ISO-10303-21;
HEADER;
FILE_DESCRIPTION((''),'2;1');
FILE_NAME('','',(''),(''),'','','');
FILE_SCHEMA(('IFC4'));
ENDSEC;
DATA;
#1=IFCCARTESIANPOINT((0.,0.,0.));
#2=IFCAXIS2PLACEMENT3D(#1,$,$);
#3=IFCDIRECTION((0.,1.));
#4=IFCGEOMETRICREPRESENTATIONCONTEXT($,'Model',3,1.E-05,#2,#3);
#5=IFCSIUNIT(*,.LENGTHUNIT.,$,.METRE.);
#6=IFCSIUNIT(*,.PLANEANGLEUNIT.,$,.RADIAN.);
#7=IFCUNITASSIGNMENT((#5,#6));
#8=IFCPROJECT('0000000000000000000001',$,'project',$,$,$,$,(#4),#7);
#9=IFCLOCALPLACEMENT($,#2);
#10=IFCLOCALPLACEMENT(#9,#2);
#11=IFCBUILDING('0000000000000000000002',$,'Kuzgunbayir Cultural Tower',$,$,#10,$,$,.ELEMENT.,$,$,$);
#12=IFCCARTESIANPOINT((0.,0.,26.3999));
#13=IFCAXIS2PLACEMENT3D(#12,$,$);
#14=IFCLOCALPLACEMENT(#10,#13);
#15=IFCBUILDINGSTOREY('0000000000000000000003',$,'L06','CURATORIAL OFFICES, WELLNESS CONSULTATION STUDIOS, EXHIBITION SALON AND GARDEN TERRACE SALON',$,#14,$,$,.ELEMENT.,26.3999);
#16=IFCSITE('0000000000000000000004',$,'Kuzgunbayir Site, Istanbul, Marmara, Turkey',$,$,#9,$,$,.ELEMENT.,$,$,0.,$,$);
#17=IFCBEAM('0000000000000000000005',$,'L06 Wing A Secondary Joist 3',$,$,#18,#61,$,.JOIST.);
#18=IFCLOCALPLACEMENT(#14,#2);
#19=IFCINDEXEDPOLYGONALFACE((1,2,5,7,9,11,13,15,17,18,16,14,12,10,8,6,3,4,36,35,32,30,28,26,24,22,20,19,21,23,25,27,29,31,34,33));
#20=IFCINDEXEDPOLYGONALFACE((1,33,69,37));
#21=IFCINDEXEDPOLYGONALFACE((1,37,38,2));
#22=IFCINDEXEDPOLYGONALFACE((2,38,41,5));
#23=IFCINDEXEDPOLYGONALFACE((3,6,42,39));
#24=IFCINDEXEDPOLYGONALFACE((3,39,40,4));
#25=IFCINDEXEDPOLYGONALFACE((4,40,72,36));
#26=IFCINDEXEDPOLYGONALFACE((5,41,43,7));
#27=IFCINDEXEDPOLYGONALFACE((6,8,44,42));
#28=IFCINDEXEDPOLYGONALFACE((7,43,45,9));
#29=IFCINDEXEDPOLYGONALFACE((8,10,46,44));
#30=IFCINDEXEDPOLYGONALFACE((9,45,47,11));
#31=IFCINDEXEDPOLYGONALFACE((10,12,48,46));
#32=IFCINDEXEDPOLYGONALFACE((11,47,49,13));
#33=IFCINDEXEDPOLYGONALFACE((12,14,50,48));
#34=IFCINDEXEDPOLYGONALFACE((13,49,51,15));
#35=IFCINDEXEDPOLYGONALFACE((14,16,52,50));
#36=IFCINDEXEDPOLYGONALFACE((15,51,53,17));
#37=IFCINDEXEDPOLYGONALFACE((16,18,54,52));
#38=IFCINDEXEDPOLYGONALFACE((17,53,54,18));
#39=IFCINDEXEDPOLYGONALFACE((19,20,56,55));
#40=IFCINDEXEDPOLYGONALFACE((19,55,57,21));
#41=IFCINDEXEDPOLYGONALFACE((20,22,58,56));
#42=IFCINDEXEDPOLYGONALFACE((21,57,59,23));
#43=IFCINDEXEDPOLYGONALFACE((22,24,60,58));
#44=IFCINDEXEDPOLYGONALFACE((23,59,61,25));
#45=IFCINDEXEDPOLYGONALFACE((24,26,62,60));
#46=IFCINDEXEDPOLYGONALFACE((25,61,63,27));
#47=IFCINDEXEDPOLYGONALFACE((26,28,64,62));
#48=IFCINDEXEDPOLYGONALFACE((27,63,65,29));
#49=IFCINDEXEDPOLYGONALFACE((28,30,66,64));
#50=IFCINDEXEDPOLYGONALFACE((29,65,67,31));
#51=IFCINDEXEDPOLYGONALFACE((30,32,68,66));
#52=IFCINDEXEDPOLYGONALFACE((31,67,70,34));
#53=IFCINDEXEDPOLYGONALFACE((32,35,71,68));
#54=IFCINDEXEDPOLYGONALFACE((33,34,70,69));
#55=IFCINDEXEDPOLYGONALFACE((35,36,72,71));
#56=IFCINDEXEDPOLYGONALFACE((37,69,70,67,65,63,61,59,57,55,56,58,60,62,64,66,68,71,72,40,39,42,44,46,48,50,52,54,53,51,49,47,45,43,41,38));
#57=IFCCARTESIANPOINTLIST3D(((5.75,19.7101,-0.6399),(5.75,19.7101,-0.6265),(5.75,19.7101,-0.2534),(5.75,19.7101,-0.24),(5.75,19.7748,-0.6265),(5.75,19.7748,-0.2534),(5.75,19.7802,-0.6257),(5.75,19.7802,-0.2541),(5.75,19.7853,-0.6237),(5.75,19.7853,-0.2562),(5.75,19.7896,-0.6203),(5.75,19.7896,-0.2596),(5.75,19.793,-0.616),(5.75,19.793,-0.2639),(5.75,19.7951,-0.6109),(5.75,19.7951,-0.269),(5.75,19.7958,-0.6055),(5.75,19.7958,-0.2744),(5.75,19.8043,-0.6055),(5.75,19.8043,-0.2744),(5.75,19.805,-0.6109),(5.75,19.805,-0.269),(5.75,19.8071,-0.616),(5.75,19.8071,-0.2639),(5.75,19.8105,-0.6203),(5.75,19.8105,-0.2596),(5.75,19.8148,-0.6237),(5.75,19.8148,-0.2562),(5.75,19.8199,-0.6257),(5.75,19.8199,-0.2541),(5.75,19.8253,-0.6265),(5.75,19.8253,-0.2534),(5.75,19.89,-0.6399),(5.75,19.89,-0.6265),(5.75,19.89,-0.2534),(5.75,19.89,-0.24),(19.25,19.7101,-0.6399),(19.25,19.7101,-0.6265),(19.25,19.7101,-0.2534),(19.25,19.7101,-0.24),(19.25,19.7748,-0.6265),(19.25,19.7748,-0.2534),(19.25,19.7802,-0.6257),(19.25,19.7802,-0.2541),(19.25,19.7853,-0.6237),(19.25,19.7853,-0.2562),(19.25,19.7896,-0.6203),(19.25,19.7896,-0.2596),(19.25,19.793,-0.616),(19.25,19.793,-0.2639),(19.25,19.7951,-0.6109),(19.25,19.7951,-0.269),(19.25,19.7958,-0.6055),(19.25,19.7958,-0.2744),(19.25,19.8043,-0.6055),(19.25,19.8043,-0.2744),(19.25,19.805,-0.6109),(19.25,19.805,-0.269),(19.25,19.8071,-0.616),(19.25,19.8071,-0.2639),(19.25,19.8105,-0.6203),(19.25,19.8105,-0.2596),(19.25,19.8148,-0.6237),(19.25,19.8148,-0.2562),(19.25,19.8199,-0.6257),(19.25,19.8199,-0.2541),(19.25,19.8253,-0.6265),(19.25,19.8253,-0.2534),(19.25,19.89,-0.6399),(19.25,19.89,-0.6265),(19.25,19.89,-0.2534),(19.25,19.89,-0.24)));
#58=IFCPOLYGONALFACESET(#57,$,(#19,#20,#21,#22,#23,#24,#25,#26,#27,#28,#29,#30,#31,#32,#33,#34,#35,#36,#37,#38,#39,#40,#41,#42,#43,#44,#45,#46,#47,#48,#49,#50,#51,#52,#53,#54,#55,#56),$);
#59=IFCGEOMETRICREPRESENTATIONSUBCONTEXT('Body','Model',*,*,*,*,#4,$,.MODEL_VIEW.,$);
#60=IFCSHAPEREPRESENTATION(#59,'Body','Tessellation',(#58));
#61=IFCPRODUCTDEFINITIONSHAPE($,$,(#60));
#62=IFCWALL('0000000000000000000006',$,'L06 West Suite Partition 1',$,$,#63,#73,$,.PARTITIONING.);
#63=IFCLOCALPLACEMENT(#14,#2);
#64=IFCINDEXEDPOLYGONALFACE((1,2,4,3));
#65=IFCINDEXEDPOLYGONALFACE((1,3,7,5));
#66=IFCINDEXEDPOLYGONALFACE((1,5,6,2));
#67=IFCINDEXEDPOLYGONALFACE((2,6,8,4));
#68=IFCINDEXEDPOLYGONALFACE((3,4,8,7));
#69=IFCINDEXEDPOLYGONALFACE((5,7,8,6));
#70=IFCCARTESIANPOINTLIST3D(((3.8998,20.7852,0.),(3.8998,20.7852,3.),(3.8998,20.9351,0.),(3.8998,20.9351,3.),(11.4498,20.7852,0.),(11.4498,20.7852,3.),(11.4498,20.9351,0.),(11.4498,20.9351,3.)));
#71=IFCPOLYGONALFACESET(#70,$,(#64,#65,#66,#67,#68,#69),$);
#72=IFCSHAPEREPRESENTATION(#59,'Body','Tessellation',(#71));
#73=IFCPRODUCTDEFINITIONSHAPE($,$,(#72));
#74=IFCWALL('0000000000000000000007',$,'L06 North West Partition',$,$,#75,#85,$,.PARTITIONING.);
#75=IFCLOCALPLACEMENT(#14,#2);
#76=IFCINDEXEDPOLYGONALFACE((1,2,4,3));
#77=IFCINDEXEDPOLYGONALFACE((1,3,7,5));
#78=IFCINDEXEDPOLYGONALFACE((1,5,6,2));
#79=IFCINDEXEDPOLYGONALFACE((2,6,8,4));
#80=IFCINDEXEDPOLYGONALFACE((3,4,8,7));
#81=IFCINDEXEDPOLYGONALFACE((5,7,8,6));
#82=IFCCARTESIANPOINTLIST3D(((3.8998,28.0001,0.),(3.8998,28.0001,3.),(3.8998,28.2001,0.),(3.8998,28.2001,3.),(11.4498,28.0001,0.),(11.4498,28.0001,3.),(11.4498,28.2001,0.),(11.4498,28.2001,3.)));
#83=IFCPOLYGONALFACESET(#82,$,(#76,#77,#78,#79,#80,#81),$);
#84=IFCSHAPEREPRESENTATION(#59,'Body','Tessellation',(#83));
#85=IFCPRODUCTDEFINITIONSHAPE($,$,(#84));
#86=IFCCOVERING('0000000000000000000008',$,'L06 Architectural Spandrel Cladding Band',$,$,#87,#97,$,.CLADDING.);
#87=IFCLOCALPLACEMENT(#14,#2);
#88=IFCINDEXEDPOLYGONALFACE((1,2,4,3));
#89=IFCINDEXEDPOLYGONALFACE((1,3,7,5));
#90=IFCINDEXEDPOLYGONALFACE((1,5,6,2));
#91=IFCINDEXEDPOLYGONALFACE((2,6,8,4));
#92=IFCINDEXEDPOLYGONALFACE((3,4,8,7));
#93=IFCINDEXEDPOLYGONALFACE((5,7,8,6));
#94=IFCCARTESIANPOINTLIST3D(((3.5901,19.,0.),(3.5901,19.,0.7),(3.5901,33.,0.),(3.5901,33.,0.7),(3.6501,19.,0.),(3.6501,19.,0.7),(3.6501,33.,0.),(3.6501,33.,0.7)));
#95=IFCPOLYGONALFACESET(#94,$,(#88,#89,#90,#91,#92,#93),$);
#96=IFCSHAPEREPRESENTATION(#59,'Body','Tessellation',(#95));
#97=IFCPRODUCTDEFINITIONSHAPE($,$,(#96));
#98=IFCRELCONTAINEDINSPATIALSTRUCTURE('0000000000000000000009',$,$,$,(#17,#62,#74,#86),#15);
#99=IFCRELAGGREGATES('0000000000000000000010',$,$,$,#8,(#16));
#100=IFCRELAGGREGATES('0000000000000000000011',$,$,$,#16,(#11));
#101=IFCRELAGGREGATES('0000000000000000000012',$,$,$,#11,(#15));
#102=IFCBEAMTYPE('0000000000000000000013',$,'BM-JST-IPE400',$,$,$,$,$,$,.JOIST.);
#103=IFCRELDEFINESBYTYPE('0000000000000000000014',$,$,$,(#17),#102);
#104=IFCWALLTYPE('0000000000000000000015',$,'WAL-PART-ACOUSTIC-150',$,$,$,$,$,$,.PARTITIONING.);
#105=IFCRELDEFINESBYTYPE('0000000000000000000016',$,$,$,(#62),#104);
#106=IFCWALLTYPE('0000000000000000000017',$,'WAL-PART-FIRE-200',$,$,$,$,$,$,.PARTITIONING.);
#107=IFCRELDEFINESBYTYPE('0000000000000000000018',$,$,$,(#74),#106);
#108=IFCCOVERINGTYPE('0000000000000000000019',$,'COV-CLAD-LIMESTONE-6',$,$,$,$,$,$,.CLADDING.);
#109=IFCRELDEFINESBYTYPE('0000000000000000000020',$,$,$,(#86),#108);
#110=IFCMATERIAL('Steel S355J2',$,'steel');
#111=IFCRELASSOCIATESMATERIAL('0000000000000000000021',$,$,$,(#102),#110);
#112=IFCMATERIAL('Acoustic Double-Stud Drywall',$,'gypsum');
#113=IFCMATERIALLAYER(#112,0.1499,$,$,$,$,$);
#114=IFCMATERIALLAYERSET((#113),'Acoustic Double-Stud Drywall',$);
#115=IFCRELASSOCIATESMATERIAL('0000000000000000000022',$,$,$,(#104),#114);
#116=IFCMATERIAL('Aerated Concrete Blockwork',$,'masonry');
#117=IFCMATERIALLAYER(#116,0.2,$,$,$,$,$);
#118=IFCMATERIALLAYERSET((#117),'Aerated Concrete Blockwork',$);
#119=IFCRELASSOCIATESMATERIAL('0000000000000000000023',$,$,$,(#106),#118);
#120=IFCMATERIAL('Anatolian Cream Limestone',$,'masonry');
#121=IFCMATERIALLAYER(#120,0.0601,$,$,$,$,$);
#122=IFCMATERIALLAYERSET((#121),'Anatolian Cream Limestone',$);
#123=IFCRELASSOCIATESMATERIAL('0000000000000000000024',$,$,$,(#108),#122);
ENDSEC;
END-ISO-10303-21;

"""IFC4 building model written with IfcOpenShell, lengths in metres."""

from ifc_helpers import new_model, si_unit, direction, frame, frame_2d, origin, origin_2d, place, context, subcontext, project, spatial, rectangle, i_section, extrude, material, layer, layer_set, material_profile, profile_set, type_object, element, save


model = new_model("IFC4")

# Units and contexts
model_context = context("Model", 3, precision=1e-05, world=origin(), true_north=direction((0.0, 1.0)))
body_context = subcontext(model_context, "Body", "Model", "MODEL_VIEW")
ifc_project = project(units=[si_unit("LENGTHUNIT", "METRE"), si_unit("PLANEANGLEUNIT", "RADIAN")], contexts=[model_context])

# Site, building, storey
site_placement = place(None, origin())
site = spatial("IfcSite", under=ifc_project, at=site_placement, Name="Kuzgunbayir Site, Istanbul, Marmara, Turkey", CompositionType="ELEMENT", RefElevation=0.0)
building_placement = place(site_placement, origin())
building = spatial("IfcBuilding", under=site, at=building_placement, Name="Kuzgunbayir Cultural Tower", CompositionType="ELEMENT")
storey_placement = place(building_placement, frame((0.0, 0.0, 26.3999)))
storey = spatial("IfcBuildingStorey", under=building, at=storey_placement, Name="L06", Description="CURATORIAL OFFICES, WELLNESS CONSULTATION STUDIOS, EXHIBITION SALON AND GARDEN TERRACE SALON", CompositionType="ELEMENT", Elevation=26.3999)

# Beam
ifc_material_1 = material(Name="Steel S355J2", Category="steel")
ifc_material_profile_1 = material_profile(ifc_material_1, i_section(OverallWidth=0.1799, OverallDepth=0.3999, WebThickness=0.0085, FlangeThickness=0.0134, FilletRadius=0.021, at=origin_2d()), Name="IPE 400")
ifc_profile_set_1 = profile_set([ifc_material_profile_1], Name="Steel S355J2")
beam_type_1 = type_object("IfcBeamType", Name="BM-JST-IPE400", PredefinedType="JOIST", material=ifc_profile_set_1)
beam_1_placement = place(storey_placement, frame((5.75, 19.8, -0.4399), z_axis=(1.0, 0.0, 0.0), x_axis=(0.0, 1.0, 0.0)))
element("IfcBeam", 1, at=beam_1_placement, inside=storey, type_object=beam_type_1, Name="L06 Wing A Secondary Joist 3", PredefinedType="JOIST", context=body_context, shape_type="SweptSolid", body=[
    extrude(i_section(OverallWidth=0.1799, OverallDepth=0.3999, WebThickness=0.0085, FlangeThickness=0.0134, FilletRadius=0.021, at=origin_2d()), origin(), (0.0, 0.0, 1.0), 13.5),
])

# Walls
ifc_material_2 = material(Name="Acoustic Double-Stud Drywall", Category="gypsum")
ifc_layer_1 = layer(ifc_material_2, 0.1499)
ifc_layer_set_1 = layer_set([ifc_layer_1], Name="Acoustic Double-Stud Drywall")
wall_type_1 = type_object("IfcWallType", Name="WAL-PART-ACOUSTIC-150", PredefinedType="PARTITIONING", material=ifc_layer_set_1)
wall_1_placement = place(storey_placement, frame((3.8999, 20.8601, 0.0), z_axis=(0.0, 0.0, 1.0), x_axis=(1.0, 0.0, 0.0)))
element("IfcWall", 2, at=wall_1_placement, inside=storey, type_object=wall_type_1, Name="L06 West Suite Partition 1", PredefinedType="PARTITIONING", context=body_context, shape_type="SweptSolid", body=[
    extrude(rectangle(XDim=7.55, YDim=0.1499, at=frame_2d((3.7749, 0.0))), origin(), (0.0, 0.0, 1.0), 3.0),
])
ifc_material_3 = material(Name="Aerated Concrete Blockwork", Category="masonry")
ifc_layer_2 = layer(ifc_material_3, 0.2)
ifc_layer_set_2 = layer_set([ifc_layer_2], Name="Aerated Concrete Blockwork")
wall_type_2 = type_object("IfcWallType", Name="WAL-PART-FIRE-200", PredefinedType="PARTITIONING", material=ifc_layer_set_2)
wall_2_placement = place(storey_placement, frame((3.8999, 28.1001, 0.0), z_axis=(0.0, 0.0, 1.0), x_axis=(1.0, 0.0, 0.0)))
element("IfcWall", 3, at=wall_2_placement, inside=storey, type_object=wall_type_2, Name="L06 North West Partition", PredefinedType="PARTITIONING", context=body_context, shape_type="SweptSolid", body=[
    extrude(rectangle(XDim=7.55, YDim=0.2, at=frame_2d((3.7749, 0.0))), origin(), (0.0, 0.0, 1.0), 3.0),
])

# Covering
ifc_material_4 = material(Name="Anatolian Cream Limestone", Category="masonry")
ifc_layer_3 = layer(ifc_material_4, 0.0601)
ifc_layer_set_3 = layer_set([ifc_layer_3], Name="Anatolian Cream Limestone")
covering_type = type_object("IfcCoveringType", Name="COV-CLAD-LIMESTONE-6", PredefinedType="CLADDING", material=ifc_layer_set_3)
covering_placement = place(storey_placement, frame((3.6201, 26.0, 0.0), z_axis=(0.0, 0.0, 1.0), x_axis=(1.0, 0.0, 0.0)))
element("IfcCovering", 4, at=covering_placement, inside=storey, type_object=covering_type, Name="L06 Architectural Spandrel Cladding Band", PredefinedType="CLADDING", context=body_context, shape_type="SweptSolid", body=[
    extrude(rectangle(XDim=0.0601, YDim=14.0, at=origin_2d()), origin(), (0.0, 0.0, 1.0), 0.7),
])

save(model, "model.ifc")
